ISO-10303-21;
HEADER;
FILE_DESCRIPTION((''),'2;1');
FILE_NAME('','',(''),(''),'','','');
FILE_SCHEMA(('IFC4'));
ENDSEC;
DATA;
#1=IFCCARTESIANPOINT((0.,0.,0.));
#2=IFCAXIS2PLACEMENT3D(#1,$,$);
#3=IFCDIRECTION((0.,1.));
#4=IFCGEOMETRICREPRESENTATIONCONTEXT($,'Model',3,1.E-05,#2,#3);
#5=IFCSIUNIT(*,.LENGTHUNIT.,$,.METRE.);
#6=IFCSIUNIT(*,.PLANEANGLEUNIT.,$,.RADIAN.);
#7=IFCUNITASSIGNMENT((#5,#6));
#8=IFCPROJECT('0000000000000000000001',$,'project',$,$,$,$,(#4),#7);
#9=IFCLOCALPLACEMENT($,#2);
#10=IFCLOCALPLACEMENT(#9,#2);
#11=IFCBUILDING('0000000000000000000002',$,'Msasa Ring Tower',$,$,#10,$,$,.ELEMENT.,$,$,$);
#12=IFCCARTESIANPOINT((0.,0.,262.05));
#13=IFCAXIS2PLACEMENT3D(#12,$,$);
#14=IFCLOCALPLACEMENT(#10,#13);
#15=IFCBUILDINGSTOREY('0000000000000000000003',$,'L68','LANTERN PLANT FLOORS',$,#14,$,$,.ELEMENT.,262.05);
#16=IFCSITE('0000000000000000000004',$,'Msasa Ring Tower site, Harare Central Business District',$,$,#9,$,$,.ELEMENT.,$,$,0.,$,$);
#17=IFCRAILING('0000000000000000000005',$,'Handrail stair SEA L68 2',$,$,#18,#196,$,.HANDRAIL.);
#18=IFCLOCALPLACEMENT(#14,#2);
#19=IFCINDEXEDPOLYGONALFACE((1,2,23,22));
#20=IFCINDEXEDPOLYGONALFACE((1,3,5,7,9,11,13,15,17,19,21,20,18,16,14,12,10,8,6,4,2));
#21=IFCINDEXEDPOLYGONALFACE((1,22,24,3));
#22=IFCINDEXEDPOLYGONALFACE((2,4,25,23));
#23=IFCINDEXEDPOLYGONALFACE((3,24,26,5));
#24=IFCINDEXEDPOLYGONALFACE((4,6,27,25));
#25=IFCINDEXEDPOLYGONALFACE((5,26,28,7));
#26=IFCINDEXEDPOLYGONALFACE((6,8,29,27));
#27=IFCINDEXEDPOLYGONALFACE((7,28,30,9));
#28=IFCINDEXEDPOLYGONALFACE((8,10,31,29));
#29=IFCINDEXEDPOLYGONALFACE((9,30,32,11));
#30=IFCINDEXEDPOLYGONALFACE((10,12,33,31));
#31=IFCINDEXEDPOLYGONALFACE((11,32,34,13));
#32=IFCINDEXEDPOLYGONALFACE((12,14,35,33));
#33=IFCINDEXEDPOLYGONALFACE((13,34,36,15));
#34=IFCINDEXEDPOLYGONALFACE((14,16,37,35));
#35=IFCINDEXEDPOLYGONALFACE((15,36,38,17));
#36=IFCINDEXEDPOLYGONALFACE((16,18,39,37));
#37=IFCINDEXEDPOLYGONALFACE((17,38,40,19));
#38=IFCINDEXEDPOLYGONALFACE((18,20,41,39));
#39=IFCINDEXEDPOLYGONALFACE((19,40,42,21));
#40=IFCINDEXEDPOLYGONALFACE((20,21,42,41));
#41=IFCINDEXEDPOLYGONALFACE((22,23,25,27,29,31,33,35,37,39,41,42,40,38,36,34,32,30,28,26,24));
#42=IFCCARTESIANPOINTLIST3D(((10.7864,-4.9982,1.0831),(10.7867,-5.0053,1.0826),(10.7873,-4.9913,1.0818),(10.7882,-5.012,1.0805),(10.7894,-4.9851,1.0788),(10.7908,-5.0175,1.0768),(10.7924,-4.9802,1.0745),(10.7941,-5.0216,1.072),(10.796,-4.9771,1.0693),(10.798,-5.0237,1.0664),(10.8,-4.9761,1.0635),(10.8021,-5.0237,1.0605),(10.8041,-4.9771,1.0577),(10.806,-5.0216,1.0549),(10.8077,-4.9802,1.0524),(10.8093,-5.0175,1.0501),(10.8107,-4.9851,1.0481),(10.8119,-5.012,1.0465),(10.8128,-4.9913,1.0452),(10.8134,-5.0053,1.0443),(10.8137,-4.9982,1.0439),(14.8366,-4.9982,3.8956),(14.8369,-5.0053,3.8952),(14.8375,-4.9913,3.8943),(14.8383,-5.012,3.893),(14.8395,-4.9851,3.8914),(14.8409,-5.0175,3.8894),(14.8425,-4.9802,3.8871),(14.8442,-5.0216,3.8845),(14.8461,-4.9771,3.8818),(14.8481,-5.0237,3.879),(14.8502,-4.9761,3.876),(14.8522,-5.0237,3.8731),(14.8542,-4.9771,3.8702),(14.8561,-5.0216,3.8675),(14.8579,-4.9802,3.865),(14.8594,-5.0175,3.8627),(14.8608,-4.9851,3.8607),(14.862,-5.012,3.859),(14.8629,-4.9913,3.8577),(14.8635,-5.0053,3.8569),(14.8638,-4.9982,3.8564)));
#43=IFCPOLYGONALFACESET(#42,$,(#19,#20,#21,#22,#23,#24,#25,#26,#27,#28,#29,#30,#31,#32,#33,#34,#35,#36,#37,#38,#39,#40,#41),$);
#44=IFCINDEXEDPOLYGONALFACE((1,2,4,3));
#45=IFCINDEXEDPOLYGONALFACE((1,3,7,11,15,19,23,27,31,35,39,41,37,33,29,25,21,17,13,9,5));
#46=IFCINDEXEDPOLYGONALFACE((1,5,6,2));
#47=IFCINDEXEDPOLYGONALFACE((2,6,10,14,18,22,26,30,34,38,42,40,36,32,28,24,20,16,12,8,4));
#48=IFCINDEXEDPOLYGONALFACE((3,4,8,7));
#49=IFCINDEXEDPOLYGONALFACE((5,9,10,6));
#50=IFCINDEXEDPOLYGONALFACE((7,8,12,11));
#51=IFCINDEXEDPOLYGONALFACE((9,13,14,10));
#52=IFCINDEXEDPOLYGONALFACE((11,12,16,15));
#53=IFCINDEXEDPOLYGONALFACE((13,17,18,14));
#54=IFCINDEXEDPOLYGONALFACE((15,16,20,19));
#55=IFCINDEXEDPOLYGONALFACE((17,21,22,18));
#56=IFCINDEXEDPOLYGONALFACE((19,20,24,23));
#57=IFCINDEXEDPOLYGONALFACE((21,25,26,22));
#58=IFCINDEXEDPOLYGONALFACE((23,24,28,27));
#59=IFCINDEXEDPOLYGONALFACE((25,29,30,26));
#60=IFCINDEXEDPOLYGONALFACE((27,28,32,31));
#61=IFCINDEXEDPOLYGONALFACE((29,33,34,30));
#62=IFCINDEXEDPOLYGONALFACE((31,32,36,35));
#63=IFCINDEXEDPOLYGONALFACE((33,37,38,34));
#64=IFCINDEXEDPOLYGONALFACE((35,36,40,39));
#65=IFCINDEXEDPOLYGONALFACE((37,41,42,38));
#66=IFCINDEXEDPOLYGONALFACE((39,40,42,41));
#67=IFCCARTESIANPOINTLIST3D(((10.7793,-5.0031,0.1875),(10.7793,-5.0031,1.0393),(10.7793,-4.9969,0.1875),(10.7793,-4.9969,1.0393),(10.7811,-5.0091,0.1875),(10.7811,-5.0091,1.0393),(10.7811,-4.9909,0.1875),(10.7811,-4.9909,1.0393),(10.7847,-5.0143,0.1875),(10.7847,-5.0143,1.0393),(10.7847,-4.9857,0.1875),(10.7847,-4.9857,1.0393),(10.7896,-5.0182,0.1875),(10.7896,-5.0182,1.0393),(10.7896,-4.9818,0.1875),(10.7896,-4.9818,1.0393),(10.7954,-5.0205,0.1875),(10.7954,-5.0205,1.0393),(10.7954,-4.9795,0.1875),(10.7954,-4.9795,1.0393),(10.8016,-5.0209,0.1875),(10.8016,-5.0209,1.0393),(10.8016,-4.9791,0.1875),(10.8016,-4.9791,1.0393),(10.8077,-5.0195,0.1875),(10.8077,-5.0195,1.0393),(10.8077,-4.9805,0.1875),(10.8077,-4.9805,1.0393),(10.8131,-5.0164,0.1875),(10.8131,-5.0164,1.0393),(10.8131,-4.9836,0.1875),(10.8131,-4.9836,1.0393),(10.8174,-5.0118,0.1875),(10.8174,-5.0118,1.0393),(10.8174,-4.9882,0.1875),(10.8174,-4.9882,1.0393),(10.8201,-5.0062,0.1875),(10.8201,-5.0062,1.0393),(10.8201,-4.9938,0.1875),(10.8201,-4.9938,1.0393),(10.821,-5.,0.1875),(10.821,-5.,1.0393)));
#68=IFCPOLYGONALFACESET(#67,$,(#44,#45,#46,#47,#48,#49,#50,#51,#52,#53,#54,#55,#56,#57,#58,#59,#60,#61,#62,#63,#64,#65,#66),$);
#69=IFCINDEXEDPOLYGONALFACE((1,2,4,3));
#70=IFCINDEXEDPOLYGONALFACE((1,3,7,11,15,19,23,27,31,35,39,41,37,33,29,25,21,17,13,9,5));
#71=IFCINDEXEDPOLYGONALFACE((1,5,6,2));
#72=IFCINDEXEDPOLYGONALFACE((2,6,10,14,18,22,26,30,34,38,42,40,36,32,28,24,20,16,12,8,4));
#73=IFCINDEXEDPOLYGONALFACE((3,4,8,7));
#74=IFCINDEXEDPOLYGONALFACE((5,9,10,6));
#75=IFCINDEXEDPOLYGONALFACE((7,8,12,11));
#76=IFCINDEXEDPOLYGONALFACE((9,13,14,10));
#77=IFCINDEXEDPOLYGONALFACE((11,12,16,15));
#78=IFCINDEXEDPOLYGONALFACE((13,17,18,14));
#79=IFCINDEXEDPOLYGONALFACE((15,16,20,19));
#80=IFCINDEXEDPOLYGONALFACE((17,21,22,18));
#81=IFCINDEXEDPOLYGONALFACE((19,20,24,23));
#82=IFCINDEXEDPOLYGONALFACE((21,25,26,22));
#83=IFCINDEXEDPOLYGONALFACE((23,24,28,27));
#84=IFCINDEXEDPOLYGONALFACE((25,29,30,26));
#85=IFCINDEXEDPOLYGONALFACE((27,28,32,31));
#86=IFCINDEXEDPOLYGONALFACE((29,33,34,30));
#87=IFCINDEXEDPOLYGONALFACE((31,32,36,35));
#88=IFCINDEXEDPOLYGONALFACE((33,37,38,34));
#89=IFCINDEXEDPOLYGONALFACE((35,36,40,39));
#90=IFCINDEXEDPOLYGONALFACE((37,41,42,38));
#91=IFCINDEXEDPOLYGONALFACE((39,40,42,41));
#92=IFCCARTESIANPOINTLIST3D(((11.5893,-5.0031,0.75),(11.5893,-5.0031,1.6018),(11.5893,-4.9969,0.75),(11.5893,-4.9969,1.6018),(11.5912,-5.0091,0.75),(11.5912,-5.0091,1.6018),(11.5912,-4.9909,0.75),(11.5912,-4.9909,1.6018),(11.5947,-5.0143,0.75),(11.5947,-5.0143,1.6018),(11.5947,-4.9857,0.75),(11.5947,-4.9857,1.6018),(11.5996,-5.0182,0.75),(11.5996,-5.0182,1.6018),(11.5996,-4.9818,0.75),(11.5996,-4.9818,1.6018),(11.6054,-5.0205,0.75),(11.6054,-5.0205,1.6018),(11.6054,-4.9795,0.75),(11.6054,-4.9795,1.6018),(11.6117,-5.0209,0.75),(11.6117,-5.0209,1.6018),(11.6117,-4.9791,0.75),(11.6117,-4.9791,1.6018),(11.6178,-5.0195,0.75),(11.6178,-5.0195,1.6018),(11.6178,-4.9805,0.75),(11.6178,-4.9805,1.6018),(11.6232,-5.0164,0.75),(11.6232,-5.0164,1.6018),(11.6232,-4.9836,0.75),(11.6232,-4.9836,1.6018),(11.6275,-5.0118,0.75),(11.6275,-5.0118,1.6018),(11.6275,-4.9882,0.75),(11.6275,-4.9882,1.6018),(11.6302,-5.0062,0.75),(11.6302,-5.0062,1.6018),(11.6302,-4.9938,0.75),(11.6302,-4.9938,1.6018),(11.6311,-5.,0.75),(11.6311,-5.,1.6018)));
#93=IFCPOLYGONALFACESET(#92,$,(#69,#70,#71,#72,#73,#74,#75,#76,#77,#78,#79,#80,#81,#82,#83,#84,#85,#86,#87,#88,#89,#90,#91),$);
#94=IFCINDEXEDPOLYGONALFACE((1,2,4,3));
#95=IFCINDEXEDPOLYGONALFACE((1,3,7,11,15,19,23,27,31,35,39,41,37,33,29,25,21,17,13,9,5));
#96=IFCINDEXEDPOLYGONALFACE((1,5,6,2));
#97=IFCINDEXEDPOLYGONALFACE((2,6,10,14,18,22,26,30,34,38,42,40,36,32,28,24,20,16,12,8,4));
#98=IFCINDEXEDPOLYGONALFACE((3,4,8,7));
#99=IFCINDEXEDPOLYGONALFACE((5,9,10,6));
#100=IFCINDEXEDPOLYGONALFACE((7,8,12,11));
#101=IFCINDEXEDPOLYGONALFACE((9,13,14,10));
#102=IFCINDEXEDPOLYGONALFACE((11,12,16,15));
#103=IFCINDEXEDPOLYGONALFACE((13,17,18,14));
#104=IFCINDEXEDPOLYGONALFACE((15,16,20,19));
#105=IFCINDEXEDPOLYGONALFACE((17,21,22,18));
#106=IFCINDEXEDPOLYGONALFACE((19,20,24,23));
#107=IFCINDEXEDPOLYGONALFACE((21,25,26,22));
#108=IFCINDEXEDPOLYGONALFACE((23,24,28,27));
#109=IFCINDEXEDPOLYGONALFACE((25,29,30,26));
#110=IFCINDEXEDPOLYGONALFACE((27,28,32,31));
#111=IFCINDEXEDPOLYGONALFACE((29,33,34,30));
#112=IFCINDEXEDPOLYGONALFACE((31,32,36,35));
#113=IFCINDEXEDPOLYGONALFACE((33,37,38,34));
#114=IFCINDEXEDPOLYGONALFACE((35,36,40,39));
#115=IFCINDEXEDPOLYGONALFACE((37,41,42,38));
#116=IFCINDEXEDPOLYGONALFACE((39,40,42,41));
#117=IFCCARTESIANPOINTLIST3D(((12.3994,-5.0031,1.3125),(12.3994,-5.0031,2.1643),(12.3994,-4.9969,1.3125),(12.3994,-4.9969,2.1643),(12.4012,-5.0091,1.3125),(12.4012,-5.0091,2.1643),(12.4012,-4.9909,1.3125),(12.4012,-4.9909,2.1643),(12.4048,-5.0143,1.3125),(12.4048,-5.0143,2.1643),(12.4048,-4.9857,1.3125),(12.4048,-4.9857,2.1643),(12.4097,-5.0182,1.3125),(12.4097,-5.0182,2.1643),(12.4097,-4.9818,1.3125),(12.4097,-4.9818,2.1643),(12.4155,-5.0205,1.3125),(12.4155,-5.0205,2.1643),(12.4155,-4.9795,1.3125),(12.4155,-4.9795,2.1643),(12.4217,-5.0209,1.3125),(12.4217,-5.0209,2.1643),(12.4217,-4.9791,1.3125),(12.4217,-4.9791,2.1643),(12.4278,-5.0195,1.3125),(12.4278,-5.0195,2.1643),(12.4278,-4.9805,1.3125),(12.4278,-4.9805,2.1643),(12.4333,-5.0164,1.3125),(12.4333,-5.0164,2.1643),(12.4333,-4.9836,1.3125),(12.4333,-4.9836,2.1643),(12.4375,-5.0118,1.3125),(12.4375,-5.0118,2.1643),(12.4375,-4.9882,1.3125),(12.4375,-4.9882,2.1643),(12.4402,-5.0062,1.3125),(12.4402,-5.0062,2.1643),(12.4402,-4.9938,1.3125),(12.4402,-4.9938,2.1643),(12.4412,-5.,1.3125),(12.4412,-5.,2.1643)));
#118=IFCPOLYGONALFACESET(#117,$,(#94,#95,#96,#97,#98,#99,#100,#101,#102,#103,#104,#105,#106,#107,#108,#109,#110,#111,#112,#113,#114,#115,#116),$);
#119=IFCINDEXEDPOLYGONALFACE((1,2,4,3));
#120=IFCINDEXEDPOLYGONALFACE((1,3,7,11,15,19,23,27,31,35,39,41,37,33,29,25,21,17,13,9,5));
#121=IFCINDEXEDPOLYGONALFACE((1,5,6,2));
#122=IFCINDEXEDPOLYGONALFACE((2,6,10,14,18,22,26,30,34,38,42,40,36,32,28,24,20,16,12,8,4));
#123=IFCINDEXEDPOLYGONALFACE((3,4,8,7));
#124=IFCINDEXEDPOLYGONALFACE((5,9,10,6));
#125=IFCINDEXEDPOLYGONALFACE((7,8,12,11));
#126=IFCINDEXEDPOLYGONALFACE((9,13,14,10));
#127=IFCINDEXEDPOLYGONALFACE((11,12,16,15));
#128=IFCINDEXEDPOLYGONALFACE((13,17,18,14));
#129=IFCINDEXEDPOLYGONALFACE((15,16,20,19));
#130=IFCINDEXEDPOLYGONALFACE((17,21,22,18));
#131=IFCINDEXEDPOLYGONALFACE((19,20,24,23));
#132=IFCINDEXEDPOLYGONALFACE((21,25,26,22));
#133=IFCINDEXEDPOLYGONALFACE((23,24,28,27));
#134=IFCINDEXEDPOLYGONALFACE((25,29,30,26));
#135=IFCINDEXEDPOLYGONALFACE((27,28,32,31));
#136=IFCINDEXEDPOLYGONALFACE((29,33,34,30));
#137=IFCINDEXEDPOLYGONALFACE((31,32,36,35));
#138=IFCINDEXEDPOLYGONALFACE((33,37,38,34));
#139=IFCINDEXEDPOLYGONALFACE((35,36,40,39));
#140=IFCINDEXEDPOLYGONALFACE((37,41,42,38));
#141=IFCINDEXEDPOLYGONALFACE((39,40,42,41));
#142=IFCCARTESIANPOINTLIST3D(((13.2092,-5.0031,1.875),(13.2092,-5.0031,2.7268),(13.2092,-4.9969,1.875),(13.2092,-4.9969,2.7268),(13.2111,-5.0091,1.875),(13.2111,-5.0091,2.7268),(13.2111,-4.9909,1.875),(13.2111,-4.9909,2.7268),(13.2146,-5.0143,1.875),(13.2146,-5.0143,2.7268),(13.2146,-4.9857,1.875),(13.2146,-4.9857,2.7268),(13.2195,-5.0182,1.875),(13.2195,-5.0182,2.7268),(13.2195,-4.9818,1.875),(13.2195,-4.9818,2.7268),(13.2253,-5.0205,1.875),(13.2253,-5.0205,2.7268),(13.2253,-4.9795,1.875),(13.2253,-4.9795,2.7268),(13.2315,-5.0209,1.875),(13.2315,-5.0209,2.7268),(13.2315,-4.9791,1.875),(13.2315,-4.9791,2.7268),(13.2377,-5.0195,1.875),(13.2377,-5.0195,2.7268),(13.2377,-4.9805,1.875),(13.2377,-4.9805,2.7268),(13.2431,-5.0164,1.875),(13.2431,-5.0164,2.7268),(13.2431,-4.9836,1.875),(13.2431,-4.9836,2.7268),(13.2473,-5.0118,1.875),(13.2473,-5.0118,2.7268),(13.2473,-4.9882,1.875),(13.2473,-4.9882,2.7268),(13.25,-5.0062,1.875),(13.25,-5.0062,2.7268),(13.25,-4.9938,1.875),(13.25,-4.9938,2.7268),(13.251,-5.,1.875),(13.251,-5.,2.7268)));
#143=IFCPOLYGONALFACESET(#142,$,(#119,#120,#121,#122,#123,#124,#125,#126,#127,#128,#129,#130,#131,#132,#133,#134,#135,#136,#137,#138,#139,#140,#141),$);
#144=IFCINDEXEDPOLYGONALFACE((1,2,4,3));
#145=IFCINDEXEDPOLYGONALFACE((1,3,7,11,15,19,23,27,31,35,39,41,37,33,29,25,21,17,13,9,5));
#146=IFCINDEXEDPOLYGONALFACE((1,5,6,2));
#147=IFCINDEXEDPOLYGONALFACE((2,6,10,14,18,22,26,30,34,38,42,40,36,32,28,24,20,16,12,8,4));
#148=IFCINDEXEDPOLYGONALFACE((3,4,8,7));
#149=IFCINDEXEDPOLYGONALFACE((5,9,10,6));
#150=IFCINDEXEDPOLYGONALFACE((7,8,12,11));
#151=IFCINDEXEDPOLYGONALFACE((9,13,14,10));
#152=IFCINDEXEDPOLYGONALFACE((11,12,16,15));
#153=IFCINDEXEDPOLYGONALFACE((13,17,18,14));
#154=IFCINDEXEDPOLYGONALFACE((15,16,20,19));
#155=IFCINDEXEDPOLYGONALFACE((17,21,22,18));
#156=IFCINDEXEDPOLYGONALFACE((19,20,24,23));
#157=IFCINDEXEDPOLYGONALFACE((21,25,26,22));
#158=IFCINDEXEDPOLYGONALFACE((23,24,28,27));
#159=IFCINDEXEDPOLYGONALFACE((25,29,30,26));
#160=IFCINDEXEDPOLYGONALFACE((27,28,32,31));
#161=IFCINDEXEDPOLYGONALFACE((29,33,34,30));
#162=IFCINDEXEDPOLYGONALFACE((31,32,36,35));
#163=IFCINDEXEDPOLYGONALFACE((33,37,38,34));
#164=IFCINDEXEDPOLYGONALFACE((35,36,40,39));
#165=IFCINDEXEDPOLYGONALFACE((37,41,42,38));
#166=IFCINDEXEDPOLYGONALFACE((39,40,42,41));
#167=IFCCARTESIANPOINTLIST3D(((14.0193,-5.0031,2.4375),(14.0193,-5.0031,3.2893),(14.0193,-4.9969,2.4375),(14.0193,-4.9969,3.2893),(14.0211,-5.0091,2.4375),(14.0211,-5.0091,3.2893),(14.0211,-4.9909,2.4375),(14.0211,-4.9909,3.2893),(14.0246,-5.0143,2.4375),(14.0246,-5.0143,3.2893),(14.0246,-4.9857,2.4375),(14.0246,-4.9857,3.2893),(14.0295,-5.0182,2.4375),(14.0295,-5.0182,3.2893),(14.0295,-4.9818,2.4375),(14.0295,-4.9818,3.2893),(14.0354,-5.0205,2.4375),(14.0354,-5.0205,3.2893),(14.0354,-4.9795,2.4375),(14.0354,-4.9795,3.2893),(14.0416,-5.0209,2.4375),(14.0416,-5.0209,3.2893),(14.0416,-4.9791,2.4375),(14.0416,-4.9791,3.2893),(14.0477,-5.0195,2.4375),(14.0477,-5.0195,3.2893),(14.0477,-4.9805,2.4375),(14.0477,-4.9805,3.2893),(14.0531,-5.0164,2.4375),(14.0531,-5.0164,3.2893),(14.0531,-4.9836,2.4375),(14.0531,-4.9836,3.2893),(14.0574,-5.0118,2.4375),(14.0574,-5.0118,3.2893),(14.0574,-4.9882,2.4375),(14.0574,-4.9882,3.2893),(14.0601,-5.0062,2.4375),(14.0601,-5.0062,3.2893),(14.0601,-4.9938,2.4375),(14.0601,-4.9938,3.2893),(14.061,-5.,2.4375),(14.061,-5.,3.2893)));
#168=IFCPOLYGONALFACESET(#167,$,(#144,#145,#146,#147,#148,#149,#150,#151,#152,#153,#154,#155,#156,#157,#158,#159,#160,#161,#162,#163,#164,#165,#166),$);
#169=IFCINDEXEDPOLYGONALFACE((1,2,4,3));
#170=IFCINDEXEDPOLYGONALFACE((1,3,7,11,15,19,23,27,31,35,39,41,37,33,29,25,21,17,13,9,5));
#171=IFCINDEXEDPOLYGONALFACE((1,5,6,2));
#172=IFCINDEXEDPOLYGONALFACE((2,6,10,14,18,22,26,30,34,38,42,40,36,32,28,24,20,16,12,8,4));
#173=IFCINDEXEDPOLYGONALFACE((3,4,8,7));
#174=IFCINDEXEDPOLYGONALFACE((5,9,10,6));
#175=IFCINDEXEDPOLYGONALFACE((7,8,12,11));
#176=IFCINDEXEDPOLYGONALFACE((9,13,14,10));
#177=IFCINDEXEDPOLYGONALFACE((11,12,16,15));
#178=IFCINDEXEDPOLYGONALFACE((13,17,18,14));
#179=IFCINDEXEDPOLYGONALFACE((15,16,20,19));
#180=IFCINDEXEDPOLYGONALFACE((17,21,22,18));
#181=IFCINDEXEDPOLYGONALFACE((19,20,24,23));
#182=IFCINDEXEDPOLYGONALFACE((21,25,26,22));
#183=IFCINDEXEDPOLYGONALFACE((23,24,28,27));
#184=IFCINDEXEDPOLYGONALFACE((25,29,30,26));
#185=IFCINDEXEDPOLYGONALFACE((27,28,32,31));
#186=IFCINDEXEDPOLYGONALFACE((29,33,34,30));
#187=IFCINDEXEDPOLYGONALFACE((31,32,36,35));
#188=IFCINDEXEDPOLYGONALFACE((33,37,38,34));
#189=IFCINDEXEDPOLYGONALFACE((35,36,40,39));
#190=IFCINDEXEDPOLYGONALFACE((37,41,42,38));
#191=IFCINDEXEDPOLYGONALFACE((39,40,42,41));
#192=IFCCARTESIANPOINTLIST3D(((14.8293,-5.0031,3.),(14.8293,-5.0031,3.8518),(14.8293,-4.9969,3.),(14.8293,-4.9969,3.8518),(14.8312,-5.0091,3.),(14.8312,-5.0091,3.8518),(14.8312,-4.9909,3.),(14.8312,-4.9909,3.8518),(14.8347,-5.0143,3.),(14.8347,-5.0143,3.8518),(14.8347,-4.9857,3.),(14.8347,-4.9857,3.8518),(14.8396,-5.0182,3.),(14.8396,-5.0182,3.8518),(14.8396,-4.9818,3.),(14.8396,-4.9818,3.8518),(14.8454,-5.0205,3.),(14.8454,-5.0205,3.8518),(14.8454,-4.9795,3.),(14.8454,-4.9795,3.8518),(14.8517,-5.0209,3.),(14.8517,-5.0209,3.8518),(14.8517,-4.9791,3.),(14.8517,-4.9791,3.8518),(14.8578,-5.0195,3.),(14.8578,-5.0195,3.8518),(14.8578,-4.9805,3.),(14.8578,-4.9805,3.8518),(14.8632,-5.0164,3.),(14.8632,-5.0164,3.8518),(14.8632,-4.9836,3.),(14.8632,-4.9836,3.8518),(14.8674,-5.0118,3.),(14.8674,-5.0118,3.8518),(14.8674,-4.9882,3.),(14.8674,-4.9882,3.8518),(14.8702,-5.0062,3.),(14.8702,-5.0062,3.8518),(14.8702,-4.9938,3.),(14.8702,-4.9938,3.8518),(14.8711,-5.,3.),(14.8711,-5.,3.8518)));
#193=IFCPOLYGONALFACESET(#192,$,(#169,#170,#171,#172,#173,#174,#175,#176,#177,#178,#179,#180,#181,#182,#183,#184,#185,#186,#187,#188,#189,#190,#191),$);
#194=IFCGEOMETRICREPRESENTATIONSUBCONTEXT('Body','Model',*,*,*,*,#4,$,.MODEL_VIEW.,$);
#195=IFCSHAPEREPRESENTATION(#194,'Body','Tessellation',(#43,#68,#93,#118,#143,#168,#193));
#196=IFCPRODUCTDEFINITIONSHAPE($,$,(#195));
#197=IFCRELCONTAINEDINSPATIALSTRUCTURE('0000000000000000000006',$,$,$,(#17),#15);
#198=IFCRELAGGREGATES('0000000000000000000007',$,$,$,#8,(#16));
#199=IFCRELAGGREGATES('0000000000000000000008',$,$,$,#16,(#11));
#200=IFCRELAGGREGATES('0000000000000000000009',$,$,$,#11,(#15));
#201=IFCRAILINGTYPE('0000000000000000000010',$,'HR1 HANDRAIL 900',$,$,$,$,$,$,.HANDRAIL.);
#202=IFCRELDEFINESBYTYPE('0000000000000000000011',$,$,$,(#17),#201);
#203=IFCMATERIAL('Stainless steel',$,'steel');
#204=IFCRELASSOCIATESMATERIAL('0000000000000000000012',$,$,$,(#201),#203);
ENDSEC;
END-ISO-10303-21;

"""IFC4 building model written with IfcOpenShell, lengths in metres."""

from ifc_helpers import new_model, si_unit, direction, frame, origin, origin_2d, place, context, subcontext, project, spatial, circle, extrude, material, type_object, element, save


model = new_model("IFC4")

# Units and contexts
model_context = context("Model", 3, precision=1e-05, world=origin(), true_north=direction((0.0, 1.0)))
body_context = subcontext(model_context, "Body", "Model", "MODEL_VIEW")
ifc_project = project(units=[si_unit("LENGTHUNIT", "METRE"), si_unit("PLANEANGLEUNIT", "RADIAN")], contexts=[model_context])

# Site, building, storey
site_placement = place(None, origin())
site = spatial("IfcSite", under=ifc_project, at=site_placement, Name="Msasa Ring Tower site, Harare Central Business District", CompositionType="ELEMENT", RefElevation=0.0)
building_placement = place(site_placement, origin())
building = spatial("IfcBuilding", under=site, at=building_placement, Name="Msasa Ring Tower", CompositionType="ELEMENT")
storey_placement = place(building_placement, frame((0.0, 0.0, 262.05)))
storey = spatial("IfcBuildingStorey", under=building, at=storey_placement, Name="L68", Description="LANTERN PLANT FLOORS", CompositionType="ELEMENT", Elevation=262.05)

# Railing
ifc_material_1 = material(Name="Stainless steel", Category="steel")
railing_type = type_object("IfcRailingType", Name="HR1 HANDRAIL 900", PredefinedType="HANDRAIL", material=ifc_material_1)
for number, where, name in (
    (1, (10.8, -5.0, 0.1875), "Handrail stair SEA L68 2"),
):
    element("IfcRailing", number, at=place(storey_placement, frame(where)), inside=storey, type_object=railing_type, Name=name, PredefinedType="HANDRAIL", context=body_context, shape_type="SweptSolid", body=[
        extrude(circle(Radius=0.0239, at=origin_2d()), frame((0.0, 0.0, 0.876), z_axis=(0.821373, 0.0, 0.570391), x_axis=(0.0, 1.0, 0.0)), (0.0, 0.0, 1.0), 4.9309),
        extrude(circle(Radius=0.021, at=origin_2d()), origin(), (0.0, 0.0, 1.0), 0.8518),
        extrude(circle(Radius=0.021, at=origin_2d()), frame((0.8101, 0.0, 0.5625)), (0.0, 0.0, 1.0), 0.8518),
        extrude(circle(Radius=0.021, at=origin_2d()), frame((1.6201, 0.0, 1.125)), (0.0, 0.0, 1.0), 0.8518),
        extrude(circle(Radius=0.021, at=origin_2d()), frame((2.4299, 0.0, 1.6875)), (0.0, 0.0, 1.0), 0.8518),
        extrude(circle(Radius=0.021, at=origin_2d()), frame((3.24, 0.0, 2.25)), (0.0, 0.0, 1.0), 0.8518),
        extrude(circle(Radius=0.021, at=origin_2d()), frame((4.05, 0.0, 2.8125)), (0.0, 0.0, 1.0), 0.8518),
    ])

save(model, "model.ifc")
